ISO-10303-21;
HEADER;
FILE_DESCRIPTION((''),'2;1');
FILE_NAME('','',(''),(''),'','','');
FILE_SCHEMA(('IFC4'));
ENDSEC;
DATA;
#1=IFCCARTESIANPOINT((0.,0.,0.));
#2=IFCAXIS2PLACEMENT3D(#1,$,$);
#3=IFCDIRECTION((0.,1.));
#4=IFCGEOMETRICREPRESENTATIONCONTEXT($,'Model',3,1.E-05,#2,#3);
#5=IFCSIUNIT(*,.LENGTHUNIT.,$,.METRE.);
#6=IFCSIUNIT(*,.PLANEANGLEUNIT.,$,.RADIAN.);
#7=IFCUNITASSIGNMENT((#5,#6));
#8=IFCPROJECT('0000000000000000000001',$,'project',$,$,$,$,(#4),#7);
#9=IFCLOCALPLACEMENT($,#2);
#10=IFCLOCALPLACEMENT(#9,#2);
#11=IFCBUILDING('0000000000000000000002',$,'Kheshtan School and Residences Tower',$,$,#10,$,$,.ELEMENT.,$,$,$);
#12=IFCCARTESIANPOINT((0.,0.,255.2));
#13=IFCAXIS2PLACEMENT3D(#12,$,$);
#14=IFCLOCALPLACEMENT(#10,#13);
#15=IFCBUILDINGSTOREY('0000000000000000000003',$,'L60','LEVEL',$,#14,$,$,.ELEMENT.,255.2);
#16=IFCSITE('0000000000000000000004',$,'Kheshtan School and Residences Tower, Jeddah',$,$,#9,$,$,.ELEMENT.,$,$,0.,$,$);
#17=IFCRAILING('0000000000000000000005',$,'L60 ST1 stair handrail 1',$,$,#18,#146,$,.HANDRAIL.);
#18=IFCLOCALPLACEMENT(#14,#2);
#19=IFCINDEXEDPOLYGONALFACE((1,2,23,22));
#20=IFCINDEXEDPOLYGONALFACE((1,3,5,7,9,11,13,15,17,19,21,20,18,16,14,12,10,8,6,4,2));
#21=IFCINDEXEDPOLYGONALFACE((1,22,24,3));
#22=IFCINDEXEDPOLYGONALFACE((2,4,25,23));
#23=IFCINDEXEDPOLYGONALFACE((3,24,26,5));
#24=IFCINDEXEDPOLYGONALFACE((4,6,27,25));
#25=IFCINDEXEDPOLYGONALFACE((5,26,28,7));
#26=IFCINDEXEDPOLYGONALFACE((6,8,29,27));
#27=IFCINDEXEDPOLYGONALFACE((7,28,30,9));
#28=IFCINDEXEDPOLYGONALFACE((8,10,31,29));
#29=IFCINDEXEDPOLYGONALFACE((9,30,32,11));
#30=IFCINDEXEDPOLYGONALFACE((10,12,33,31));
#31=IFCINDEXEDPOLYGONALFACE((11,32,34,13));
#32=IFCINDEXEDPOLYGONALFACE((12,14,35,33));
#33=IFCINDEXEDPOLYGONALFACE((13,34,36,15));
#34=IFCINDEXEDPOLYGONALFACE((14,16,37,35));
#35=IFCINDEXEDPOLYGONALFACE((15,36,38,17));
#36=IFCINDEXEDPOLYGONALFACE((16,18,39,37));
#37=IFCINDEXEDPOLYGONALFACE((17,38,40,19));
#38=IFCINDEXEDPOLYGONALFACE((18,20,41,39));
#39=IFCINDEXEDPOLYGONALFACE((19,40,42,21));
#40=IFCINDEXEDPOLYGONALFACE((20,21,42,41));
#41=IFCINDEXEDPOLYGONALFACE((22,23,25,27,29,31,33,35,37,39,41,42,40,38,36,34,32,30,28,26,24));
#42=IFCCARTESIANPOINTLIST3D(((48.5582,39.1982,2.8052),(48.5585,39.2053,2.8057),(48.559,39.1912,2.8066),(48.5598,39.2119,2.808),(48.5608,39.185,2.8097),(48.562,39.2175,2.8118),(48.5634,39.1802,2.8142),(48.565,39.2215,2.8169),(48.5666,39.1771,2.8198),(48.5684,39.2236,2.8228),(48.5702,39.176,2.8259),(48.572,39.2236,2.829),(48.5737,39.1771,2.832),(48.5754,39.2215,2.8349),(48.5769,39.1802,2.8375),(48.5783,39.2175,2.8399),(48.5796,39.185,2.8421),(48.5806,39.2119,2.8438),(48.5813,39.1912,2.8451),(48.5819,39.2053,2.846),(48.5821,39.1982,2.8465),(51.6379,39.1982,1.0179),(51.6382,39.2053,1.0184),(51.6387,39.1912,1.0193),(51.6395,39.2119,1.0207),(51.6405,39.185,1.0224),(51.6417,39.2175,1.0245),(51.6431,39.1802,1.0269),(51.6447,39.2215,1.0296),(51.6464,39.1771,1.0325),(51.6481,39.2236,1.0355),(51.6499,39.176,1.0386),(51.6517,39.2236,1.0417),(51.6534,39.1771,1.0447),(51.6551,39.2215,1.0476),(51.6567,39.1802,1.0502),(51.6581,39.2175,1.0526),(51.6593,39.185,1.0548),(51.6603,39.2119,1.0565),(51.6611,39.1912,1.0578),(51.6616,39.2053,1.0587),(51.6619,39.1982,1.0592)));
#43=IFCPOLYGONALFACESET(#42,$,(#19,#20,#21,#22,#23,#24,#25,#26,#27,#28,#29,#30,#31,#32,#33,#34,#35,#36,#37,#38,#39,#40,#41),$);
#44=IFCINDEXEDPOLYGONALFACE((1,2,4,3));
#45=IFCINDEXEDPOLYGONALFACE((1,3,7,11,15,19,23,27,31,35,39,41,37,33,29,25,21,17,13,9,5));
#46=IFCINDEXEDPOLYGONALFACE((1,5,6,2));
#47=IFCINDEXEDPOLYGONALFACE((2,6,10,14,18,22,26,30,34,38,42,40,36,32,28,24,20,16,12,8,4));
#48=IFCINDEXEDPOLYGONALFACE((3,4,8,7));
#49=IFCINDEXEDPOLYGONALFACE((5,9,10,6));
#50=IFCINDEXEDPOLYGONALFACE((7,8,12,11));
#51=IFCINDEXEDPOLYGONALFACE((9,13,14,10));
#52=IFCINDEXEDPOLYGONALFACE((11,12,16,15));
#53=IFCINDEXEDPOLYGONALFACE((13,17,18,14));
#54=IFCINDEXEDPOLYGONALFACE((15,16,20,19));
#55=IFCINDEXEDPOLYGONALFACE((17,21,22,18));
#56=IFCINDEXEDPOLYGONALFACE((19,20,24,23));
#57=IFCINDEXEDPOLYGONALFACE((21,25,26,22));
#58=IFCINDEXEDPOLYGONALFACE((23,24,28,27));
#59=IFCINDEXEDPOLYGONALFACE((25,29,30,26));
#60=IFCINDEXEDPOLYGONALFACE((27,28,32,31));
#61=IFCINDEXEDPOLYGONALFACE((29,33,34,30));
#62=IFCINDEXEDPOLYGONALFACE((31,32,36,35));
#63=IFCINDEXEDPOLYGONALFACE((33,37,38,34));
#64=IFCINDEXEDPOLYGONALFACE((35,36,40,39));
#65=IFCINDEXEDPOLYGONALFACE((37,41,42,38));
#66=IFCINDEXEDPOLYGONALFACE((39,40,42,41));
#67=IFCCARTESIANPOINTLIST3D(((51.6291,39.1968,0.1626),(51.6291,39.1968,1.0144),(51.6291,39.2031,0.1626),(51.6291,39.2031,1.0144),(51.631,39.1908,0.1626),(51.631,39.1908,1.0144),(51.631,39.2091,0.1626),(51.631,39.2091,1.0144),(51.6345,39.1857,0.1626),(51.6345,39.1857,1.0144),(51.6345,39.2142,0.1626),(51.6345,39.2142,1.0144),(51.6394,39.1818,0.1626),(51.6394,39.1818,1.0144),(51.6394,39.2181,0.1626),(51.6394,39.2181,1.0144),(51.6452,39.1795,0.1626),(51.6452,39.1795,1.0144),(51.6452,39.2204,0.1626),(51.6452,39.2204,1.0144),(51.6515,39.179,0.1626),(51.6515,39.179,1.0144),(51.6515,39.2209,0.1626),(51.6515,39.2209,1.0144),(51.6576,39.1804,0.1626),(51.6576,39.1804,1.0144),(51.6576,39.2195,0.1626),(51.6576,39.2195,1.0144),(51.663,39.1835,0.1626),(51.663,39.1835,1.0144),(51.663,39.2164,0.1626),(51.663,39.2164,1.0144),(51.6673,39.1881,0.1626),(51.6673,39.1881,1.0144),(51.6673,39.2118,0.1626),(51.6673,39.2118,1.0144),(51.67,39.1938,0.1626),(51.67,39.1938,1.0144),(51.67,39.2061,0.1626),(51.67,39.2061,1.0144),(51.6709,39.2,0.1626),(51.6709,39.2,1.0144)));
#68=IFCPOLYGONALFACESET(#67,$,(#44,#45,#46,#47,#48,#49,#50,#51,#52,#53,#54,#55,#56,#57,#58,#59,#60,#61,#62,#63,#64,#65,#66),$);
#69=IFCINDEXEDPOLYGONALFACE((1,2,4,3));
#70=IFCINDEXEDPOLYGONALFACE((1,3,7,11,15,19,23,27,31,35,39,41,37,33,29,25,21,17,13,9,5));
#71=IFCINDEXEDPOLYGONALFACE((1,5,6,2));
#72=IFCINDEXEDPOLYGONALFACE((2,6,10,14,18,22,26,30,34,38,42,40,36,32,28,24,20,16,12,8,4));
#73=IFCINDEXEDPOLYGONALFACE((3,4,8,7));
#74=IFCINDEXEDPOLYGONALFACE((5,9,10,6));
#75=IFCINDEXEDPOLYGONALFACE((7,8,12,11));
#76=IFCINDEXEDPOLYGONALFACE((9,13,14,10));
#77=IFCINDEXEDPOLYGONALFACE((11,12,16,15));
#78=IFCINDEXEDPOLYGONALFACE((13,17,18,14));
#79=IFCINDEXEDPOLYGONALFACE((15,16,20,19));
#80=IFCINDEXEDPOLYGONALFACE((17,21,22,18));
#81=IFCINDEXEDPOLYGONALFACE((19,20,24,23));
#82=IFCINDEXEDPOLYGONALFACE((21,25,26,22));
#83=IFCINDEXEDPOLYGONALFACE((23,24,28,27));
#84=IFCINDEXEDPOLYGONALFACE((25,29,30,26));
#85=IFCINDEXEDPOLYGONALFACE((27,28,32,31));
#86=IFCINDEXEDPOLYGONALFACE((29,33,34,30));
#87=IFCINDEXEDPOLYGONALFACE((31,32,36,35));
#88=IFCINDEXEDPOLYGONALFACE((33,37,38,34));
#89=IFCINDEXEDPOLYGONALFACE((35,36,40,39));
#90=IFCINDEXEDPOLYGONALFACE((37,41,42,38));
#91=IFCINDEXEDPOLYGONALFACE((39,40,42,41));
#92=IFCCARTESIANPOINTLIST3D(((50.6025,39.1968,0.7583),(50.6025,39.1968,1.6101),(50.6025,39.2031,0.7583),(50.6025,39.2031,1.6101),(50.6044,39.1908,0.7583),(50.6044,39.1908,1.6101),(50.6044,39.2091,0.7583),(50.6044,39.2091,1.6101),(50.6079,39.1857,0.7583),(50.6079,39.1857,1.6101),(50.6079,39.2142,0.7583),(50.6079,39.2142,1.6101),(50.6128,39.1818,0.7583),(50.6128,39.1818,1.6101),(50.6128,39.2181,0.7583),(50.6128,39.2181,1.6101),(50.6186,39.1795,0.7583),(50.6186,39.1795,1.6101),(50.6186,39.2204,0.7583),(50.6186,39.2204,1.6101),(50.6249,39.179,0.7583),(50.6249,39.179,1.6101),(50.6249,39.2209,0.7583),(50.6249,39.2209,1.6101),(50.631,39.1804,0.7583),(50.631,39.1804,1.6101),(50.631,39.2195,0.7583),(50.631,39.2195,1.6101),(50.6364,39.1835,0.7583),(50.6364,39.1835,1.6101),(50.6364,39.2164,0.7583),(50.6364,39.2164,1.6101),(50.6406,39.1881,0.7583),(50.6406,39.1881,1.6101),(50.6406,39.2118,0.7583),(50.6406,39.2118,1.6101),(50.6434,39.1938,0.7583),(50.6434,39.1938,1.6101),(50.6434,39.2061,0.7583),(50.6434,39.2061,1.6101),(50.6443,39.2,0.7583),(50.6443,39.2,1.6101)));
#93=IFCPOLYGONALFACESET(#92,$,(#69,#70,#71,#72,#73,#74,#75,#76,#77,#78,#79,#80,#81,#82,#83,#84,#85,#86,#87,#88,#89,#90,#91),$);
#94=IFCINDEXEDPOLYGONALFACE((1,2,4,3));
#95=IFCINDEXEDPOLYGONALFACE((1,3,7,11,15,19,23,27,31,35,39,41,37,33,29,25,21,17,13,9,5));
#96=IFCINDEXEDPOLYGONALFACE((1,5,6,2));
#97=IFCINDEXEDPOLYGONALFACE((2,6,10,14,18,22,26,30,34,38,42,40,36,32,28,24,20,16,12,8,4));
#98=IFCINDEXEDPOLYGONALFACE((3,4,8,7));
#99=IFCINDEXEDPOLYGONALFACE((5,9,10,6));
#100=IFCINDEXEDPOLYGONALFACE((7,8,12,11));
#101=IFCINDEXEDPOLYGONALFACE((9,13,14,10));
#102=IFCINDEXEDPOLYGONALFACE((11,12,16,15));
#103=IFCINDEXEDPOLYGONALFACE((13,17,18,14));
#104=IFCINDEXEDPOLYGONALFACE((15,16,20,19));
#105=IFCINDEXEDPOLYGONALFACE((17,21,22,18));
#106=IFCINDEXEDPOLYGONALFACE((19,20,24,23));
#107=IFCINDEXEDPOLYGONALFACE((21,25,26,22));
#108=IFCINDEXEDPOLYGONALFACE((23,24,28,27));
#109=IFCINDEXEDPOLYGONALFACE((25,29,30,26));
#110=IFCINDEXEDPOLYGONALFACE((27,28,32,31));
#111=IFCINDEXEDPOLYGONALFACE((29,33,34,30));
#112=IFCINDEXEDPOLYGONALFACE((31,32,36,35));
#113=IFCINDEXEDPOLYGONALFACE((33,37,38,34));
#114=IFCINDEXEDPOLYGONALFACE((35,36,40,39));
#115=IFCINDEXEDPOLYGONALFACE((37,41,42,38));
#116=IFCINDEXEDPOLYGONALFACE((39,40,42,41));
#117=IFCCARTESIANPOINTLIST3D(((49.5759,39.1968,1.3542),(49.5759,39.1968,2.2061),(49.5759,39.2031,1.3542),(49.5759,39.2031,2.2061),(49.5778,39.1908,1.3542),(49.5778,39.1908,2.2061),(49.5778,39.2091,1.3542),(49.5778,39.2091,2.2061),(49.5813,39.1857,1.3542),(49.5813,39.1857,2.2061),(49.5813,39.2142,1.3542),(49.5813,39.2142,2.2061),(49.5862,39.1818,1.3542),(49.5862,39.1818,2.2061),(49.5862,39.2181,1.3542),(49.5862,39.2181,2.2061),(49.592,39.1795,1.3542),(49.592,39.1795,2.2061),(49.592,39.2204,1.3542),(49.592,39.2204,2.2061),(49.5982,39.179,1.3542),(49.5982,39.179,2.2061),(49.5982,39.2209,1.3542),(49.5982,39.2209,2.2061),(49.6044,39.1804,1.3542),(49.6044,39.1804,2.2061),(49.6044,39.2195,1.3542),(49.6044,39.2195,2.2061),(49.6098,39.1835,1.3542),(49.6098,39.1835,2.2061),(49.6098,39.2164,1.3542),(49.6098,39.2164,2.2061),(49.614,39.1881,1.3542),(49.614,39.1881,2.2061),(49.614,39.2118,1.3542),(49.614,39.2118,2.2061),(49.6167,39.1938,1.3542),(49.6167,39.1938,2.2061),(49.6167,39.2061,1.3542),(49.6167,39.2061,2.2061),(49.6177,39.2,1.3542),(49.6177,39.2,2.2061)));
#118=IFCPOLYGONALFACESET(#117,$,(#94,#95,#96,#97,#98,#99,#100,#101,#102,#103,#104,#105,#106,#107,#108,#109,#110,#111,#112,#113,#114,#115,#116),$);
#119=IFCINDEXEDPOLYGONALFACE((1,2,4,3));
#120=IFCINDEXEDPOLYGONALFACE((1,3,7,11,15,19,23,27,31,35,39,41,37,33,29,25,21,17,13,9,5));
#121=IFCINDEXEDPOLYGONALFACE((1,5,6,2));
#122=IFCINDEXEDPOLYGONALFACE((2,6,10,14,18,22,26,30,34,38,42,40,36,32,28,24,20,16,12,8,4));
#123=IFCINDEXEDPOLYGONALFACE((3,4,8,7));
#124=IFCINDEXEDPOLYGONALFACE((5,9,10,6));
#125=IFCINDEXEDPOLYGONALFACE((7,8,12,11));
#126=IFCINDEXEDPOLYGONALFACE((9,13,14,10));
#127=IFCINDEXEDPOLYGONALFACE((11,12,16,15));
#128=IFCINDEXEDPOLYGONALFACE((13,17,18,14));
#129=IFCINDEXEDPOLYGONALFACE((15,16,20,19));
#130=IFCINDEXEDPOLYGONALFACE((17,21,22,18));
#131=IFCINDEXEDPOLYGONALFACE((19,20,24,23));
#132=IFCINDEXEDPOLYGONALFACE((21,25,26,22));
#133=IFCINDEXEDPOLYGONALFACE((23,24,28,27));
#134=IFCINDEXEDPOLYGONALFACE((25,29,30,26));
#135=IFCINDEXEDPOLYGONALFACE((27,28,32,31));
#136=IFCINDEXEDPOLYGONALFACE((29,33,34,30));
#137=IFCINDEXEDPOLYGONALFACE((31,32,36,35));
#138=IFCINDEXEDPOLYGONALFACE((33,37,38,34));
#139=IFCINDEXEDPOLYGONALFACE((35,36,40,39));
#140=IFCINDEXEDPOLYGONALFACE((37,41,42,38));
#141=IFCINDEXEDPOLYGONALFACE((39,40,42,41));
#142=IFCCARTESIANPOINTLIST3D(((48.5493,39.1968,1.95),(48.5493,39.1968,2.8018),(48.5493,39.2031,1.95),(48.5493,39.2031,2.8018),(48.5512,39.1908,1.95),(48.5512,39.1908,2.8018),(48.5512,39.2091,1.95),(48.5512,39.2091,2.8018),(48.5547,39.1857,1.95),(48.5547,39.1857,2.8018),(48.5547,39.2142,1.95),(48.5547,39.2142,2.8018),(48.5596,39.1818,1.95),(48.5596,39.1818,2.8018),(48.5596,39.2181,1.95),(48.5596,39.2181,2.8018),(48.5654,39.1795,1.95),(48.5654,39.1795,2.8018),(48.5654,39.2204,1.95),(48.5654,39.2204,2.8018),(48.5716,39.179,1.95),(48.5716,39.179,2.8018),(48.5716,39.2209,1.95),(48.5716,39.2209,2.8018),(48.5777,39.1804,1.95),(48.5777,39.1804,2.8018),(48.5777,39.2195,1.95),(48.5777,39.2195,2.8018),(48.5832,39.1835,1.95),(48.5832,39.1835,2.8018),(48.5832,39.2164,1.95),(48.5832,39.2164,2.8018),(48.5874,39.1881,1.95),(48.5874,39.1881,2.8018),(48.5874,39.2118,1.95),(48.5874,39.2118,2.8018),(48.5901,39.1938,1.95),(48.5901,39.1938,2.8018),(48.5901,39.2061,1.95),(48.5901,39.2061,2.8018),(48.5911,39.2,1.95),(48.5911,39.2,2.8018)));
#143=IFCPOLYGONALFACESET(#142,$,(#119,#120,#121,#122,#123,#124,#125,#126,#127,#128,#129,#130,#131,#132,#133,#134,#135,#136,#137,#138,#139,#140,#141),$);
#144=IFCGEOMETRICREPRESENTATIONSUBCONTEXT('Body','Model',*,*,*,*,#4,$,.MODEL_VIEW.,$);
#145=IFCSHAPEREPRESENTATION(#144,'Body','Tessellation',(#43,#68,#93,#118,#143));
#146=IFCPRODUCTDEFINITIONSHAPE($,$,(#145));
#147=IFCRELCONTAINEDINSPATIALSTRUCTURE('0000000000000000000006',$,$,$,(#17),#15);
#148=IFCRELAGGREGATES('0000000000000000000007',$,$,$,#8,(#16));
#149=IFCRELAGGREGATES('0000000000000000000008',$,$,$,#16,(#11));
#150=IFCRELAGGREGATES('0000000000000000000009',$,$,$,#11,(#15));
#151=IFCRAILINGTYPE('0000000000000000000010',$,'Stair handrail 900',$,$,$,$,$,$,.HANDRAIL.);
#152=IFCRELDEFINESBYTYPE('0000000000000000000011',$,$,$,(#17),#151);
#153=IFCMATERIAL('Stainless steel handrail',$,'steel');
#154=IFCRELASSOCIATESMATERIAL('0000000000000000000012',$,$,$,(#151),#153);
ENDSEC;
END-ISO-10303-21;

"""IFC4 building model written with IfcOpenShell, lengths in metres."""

from ifc_helpers import new_model, si_unit, direction, frame, origin, origin_2d, place, context, subcontext, project, spatial, circle, extrude, material, type_object, element, save


model = new_model("IFC4")

# Units and contexts
model_context = context("Model", 3, precision=1e-05, world=origin(), true_north=direction((0.0, 1.0)))
body_context = subcontext(model_context, "Body", "Model", "MODEL_VIEW")
ifc_project = project(units=[si_unit("LENGTHUNIT", "METRE"), si_unit("PLANEANGLEUNIT", "RADIAN")], contexts=[model_context])

# Site, building, storey
site_placement = place(None, origin())
site = spatial("IfcSite", under=ifc_project, at=site_placement, Name="Kheshtan School and Residences Tower, Jeddah", CompositionType="ELEMENT", RefElevation=0.0)
building_placement = place(site_placement, origin())
building = spatial("IfcBuilding", under=site, at=building_placement, Name="Kheshtan School and Residences Tower", CompositionType="ELEMENT")
storey_placement = place(building_placement, frame((0.0, 0.0, 255.2)))
storey = spatial("IfcBuildingStorey", under=building, at=storey_placement, Name="L60", Description="LEVEL", CompositionType="ELEMENT", Elevation=255.2)

# Railing
ifc_material_1 = material(Name="Stainless steel handrail", Category="steel")
railing_type_1 = type_object("IfcRailingType", Name="Stair handrail 900", PredefinedType="HANDRAIL", material=ifc_material_1)
railing_1_placement = place(storey_placement, frame((51.6499, 39.2, 0.1626)))
element("IfcRailing", 1, at=railing_1_placement, inside=storey, type_object=railing_type_1, Name="L60 ST1 stair handrail 1", PredefinedType="HANDRAIL", context=body_context, shape_type="SweptSolid", body=[
    extrude(circle(Radius=0.0239, at=origin_2d()), frame((0.0, 0.0, 0.876), z_axis=(-0.864903, 0.0, 0.501939), x_axis=(0.0, -1.0, 0.0)), (0.0, 0.0, 1.0), 3.5608),
    extrude(circle(Radius=0.021, at=origin_2d()), origin(), (0.0, 0.0, 1.0), 0.8518),
    extrude(circle(Radius=0.021, at=origin_2d()), frame((-1.0266, 0.0, 0.5957)), (0.0, 0.0, 1.0), 0.8518),
    extrude(circle(Radius=0.021, at=origin_2d()), frame((-2.0532, 0.0, 1.1917)), (0.0, 0.0, 1.0), 0.8518),
    extrude(circle(Radius=0.021, at=origin_2d()), frame((-3.0798, 0.0, 1.7874)), (0.0, 0.0, 1.0), 0.8518),
])

save(model, "model.ifc")
